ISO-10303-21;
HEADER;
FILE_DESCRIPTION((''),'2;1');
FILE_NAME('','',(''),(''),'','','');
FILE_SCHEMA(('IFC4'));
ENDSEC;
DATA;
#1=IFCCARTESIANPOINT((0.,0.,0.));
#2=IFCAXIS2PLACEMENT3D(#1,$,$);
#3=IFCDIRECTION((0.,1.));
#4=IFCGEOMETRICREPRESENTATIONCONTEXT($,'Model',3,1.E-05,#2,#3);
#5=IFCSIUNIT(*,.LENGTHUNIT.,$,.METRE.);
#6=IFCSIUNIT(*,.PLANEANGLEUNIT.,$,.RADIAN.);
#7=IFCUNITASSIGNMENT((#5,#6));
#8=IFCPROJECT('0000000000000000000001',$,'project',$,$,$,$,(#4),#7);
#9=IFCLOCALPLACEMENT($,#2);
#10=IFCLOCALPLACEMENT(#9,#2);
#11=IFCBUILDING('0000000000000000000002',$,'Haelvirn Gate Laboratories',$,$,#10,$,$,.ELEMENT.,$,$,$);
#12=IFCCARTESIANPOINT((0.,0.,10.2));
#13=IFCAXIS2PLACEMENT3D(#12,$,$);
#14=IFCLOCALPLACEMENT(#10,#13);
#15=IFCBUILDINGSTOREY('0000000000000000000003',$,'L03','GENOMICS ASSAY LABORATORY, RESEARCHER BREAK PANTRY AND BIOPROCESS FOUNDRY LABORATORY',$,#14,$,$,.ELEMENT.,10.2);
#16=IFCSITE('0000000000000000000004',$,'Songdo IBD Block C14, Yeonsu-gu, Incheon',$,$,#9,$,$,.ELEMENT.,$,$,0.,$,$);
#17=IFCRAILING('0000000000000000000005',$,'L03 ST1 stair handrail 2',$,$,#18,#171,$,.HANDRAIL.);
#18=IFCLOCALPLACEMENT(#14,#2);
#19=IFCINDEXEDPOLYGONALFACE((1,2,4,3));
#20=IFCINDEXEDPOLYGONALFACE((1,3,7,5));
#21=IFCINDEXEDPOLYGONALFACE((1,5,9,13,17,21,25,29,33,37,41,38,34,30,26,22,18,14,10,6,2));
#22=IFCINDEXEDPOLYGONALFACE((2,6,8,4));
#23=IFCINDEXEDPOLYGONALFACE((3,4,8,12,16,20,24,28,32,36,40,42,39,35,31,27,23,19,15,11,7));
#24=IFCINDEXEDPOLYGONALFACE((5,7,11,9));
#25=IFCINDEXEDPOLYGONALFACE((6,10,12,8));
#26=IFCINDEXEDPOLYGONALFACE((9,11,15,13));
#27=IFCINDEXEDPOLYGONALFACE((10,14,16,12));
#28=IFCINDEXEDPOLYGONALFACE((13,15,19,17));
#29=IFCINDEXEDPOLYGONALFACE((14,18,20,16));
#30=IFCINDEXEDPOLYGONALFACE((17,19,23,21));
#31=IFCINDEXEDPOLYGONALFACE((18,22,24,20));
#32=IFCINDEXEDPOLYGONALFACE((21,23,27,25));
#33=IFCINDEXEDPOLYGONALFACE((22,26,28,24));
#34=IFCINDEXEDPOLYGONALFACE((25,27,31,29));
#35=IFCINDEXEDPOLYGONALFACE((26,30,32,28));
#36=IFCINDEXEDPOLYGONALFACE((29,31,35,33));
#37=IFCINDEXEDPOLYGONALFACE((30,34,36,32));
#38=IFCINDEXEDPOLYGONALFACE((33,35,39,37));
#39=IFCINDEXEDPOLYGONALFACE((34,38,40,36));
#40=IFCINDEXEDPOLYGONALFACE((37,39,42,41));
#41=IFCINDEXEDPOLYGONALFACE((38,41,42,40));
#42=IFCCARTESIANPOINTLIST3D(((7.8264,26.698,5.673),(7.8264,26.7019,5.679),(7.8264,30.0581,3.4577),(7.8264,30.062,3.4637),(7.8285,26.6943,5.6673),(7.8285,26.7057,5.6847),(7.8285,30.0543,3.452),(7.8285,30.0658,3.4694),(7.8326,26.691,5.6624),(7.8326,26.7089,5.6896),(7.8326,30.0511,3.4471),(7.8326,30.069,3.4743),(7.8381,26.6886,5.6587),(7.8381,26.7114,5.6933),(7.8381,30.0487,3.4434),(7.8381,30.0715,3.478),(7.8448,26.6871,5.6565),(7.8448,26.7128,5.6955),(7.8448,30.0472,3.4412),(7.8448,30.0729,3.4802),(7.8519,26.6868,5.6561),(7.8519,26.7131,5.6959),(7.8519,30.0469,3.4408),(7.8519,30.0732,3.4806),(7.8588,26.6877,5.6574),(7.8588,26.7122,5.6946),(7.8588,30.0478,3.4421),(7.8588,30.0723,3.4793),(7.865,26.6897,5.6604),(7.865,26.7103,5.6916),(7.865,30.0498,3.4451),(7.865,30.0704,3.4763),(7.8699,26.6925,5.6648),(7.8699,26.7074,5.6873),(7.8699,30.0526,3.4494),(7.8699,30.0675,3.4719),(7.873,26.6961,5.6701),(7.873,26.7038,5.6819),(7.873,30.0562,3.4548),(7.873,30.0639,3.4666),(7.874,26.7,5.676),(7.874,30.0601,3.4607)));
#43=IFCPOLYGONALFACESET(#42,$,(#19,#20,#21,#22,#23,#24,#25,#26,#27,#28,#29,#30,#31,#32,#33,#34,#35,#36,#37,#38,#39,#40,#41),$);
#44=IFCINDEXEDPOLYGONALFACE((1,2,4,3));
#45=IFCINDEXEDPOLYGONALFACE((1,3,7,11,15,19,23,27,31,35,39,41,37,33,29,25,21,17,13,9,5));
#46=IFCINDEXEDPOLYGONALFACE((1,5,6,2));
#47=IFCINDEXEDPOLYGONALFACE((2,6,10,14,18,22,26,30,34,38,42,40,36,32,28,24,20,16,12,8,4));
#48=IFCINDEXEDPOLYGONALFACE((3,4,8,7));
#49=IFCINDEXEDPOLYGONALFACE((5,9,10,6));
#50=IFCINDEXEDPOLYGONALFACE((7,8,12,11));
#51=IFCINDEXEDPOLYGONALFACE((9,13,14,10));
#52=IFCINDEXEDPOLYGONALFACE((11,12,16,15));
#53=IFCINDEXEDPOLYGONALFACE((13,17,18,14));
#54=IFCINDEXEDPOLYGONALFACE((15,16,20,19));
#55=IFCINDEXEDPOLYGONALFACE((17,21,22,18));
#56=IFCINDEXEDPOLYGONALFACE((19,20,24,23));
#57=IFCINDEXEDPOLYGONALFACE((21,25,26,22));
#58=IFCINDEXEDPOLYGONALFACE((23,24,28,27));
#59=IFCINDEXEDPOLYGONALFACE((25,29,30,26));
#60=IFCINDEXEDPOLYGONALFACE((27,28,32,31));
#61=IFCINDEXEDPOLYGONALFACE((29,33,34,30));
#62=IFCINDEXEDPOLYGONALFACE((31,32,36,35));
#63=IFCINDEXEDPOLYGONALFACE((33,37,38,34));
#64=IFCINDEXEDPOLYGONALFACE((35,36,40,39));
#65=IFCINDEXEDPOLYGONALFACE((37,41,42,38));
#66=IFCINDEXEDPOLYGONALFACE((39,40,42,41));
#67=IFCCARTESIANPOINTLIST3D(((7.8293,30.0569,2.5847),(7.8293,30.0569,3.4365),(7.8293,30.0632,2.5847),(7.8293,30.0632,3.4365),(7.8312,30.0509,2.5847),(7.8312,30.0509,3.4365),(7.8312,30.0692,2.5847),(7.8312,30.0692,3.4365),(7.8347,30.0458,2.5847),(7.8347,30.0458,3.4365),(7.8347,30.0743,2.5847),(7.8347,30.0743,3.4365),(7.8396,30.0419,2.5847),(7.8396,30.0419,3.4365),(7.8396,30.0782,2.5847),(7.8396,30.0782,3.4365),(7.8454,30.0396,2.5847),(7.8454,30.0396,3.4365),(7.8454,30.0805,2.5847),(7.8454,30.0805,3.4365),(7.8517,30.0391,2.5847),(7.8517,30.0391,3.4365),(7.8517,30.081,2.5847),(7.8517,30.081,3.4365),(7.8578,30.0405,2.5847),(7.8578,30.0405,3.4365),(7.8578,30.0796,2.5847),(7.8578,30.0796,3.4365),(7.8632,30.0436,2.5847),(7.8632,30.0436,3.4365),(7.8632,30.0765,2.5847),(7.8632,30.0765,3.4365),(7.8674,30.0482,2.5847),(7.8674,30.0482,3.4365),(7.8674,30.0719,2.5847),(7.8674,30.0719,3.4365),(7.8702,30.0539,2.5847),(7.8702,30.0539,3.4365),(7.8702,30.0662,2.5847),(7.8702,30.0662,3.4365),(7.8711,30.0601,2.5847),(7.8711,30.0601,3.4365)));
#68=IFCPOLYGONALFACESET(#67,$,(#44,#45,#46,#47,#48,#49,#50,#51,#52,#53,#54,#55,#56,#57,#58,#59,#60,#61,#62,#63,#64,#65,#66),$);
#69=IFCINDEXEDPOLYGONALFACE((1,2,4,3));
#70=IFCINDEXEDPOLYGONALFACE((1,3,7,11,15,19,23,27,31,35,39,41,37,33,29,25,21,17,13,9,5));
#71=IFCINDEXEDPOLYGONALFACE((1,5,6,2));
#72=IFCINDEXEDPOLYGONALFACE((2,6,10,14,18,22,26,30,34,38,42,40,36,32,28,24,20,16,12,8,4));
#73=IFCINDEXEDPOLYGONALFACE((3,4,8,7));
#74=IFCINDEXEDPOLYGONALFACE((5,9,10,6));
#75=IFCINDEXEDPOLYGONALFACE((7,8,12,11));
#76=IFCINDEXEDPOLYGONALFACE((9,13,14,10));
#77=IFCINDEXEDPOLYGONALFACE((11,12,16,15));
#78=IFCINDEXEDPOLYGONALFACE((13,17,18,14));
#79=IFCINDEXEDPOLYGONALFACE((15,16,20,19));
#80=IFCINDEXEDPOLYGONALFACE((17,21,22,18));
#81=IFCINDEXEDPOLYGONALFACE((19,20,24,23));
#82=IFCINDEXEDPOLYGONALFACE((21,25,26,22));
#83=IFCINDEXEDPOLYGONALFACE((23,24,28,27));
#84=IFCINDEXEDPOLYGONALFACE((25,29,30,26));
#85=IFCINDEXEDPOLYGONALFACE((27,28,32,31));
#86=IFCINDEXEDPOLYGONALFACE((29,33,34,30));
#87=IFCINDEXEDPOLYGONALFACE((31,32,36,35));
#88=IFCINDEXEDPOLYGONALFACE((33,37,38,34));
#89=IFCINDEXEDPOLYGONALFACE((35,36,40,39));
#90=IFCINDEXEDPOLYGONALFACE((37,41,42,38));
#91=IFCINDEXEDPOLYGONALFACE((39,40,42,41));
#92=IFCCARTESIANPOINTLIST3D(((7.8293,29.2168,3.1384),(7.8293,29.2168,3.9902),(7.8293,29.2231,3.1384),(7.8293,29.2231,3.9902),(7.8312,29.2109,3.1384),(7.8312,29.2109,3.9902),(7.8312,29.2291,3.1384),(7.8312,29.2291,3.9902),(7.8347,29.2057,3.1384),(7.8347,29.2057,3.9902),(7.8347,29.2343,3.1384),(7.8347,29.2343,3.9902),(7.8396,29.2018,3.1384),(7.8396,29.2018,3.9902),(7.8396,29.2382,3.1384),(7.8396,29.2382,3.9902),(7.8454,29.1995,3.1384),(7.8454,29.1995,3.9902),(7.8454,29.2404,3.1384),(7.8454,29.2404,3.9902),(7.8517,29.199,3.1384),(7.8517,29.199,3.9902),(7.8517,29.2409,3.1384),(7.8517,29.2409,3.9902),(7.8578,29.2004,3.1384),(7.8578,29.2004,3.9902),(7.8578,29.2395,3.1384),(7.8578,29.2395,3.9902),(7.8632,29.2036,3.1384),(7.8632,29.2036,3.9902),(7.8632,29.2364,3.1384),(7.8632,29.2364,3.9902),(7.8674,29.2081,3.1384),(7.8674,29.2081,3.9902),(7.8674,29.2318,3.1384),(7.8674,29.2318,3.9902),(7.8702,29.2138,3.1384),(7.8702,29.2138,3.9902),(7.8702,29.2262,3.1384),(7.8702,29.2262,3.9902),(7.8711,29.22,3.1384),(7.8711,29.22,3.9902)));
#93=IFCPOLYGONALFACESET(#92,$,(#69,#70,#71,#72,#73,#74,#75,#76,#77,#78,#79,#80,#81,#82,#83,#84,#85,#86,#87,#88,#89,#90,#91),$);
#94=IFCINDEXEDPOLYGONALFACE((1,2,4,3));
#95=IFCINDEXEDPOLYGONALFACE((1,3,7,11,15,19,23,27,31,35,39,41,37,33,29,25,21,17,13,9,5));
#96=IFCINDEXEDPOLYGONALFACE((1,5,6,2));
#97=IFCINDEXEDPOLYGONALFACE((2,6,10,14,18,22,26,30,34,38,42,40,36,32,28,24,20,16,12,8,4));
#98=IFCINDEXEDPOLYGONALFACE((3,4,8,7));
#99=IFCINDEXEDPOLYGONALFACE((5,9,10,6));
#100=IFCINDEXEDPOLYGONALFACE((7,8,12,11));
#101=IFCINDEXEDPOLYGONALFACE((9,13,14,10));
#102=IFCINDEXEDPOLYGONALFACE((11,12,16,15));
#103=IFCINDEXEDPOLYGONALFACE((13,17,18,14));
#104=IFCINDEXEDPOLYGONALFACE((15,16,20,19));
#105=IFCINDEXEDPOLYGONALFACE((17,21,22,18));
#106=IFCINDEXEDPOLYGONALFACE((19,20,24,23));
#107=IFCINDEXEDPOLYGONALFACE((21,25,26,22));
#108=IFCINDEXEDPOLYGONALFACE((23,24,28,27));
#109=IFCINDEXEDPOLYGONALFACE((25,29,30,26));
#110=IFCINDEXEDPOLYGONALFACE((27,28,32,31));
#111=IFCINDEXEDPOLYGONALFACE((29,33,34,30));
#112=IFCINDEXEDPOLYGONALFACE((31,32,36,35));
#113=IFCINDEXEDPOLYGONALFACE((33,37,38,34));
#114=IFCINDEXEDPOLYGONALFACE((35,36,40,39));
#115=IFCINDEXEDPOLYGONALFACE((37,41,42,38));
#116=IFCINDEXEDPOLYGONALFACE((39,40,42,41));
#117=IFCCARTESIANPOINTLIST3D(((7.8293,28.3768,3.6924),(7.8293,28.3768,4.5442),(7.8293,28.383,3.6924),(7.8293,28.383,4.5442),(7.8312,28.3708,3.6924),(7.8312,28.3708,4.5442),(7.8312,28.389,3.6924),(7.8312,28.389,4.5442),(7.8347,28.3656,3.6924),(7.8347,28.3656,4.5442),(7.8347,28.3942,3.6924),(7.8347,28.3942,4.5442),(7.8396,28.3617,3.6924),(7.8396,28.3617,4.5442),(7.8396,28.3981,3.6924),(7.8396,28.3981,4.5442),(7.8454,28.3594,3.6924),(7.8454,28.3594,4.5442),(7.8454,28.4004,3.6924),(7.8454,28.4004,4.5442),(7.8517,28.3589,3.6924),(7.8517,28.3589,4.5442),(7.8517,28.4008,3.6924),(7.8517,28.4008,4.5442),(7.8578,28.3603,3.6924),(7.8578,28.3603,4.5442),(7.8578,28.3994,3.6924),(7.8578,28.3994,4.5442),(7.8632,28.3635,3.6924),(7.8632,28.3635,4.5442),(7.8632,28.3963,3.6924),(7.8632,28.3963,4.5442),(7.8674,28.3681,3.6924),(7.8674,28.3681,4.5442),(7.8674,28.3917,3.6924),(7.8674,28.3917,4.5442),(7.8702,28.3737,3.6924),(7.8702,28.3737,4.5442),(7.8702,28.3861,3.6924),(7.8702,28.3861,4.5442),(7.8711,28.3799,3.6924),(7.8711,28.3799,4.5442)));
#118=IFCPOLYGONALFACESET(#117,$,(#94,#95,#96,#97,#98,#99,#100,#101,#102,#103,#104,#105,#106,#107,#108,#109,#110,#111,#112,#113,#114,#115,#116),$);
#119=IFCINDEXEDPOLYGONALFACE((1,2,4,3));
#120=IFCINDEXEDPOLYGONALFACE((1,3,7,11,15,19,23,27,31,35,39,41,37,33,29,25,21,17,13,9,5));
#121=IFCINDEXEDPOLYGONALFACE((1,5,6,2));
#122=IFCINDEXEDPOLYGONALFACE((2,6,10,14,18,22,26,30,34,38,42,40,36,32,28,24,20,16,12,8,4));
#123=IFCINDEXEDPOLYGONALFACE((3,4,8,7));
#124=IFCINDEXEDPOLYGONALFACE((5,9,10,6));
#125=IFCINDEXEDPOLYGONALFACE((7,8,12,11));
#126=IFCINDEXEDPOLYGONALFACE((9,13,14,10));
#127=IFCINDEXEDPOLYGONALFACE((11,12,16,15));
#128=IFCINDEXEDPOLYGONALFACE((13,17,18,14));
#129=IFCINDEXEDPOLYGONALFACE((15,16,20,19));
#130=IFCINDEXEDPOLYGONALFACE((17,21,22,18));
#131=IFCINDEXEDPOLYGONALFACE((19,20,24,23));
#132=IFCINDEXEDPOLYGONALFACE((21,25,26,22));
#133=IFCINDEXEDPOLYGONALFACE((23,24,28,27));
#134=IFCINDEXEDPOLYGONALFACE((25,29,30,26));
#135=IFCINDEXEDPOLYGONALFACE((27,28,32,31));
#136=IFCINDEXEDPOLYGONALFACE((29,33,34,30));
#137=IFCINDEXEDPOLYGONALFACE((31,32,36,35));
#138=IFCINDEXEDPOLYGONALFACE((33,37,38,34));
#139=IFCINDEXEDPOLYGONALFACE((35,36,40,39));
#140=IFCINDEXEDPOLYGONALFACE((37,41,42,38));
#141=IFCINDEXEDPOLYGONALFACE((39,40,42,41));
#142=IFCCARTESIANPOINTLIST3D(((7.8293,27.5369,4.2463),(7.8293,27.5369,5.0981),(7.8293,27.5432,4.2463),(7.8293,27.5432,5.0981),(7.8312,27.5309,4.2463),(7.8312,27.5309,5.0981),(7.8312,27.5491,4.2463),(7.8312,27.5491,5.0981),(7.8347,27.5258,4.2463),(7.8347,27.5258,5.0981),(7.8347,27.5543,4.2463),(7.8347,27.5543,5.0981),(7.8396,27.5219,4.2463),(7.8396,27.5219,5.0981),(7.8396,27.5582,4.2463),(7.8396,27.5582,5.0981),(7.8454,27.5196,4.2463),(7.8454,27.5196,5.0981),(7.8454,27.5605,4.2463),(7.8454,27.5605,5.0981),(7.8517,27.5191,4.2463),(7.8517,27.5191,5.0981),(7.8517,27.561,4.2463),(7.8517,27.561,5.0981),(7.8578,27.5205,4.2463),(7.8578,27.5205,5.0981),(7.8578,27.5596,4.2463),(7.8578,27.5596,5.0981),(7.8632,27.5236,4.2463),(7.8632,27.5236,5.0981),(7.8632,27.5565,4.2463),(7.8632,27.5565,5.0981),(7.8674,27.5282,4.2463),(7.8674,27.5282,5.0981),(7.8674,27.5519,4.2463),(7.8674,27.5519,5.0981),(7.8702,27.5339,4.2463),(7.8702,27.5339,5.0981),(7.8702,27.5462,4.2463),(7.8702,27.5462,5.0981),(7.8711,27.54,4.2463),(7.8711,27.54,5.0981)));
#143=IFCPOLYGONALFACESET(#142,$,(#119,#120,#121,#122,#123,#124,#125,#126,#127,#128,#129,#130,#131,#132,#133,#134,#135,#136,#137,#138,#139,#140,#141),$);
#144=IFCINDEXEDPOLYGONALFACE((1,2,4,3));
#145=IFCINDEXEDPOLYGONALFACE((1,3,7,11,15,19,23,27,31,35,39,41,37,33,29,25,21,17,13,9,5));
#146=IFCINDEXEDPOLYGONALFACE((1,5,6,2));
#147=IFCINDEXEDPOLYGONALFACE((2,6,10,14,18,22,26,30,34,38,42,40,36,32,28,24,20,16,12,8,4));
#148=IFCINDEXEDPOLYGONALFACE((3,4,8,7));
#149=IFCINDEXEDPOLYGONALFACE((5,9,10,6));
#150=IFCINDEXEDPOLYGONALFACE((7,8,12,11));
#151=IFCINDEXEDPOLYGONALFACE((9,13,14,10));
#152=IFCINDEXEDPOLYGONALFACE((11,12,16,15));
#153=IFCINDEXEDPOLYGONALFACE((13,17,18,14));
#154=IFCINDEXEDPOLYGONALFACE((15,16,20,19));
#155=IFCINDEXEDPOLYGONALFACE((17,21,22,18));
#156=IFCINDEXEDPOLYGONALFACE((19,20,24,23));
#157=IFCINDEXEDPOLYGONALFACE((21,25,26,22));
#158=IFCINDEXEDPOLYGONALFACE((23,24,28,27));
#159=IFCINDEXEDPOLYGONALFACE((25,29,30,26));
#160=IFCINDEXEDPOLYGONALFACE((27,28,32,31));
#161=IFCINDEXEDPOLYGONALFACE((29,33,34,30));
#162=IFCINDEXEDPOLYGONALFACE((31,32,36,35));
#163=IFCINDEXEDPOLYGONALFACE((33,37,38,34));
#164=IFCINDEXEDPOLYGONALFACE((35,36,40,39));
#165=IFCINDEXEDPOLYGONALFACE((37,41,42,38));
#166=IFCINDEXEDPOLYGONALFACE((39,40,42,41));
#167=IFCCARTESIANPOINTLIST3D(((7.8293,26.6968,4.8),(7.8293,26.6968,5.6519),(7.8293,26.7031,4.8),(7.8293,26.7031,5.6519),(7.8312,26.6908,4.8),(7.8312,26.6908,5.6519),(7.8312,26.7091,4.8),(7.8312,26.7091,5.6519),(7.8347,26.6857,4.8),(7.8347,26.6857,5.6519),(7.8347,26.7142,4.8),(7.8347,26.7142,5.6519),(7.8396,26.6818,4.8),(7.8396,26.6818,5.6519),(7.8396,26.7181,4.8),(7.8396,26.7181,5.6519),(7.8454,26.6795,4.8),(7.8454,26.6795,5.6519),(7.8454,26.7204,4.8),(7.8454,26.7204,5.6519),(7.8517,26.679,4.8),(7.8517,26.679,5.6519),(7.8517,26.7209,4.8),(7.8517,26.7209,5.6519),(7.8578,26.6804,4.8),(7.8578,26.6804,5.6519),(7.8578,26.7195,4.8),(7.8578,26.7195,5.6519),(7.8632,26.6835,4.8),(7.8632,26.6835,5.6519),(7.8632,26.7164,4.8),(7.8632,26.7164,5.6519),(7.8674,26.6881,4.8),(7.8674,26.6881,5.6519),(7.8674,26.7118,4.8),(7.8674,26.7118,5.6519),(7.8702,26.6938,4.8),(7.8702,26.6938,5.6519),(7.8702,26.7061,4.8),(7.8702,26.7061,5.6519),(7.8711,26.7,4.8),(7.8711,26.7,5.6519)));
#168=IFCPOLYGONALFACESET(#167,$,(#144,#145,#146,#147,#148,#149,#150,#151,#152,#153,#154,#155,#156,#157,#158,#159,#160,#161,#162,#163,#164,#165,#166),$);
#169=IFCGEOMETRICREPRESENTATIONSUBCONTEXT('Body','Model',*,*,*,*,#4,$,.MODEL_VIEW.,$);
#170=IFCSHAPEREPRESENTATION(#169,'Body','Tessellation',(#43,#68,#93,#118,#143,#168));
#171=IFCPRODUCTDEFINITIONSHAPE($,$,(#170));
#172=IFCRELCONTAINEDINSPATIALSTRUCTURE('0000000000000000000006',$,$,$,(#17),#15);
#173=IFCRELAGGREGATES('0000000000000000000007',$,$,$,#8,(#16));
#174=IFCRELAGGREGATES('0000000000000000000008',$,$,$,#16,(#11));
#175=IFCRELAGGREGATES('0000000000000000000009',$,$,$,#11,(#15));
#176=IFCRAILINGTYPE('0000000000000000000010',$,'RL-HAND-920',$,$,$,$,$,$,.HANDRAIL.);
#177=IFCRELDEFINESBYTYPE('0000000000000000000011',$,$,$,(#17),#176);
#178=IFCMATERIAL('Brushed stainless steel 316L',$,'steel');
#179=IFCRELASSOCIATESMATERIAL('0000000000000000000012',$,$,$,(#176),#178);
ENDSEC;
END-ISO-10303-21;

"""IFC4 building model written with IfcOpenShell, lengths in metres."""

from ifc_helpers import new_model, si_unit, direction, frame, origin, origin_2d, place, context, subcontext, project, spatial, circle, extrude, source, transform, mapped, material, type_object, type_shapes, element, save


model = new_model("IFC4")

# Units and contexts
model_context = context("Model", 3, precision=1e-05, world=origin(), true_north=direction((0.0, 1.0)))
body_context = subcontext(model_context, "Body", "Model", "MODEL_VIEW")
ifc_project = project(units=[si_unit("LENGTHUNIT", "METRE"), si_unit("PLANEANGLEUNIT", "RADIAN")], contexts=[model_context])

# Site, building, storey
site_placement = place(None, origin())
site = spatial("IfcSite", under=ifc_project, at=site_placement, Name="Songdo IBD Block C14, Yeonsu-gu, Incheon", CompositionType="ELEMENT", RefElevation=0.0)
building_placement = place(site_placement, origin())
building = spatial("IfcBuilding", under=site, at=building_placement, Name="Haelvirn Gate Laboratories", CompositionType="ELEMENT")
storey_placement = place(building_placement, frame((0.0, 0.0, 10.2)))
storey = spatial("IfcBuildingStorey", under=building, at=storey_placement, Name="L03", Description="GENOMICS ASSAY LABORATORY, RESEARCHER BREAK PANTRY AND BIOPROCESS FOUNDRY LABORATORY", CompositionType="ELEMENT", Elevation=10.2)

# Railing
ifc_material_1 = material(Name="Brushed stainless steel 316L", Category="steel")
railing_type_1 = type_object("IfcRailingType", Name="RL-HAND-920", PredefinedType="HANDRAIL", material=ifc_material_1)
shared_shape_1 = source(origin(), body_context, "Body", "SweptSolid", [
    extrude(circle(Radius=0.0239, at=origin_2d()), frame((0.0, 0.0, 0.876), z_axis=(0.0, -0.834876, 0.550437), x_axis=(1.0, 0.0, 0.0)), (0.0, 0.0, 1.0), 4.0247),
    extrude(circle(Radius=0.021, at=origin_2d()), origin(), (0.0, 0.0, 1.0), 0.8518),
    extrude(circle(Radius=0.021, at=origin_2d()), frame((0.0, -0.8401, 0.5537)), (0.0, 0.0, 1.0), 0.8518),
    extrude(circle(Radius=0.021, at=origin_2d()), frame((0.0, -1.6802, 1.1077)), (0.0, 0.0, 1.0), 0.8518),
    extrude(circle(Radius=0.021, at=origin_2d()), frame((0.0, -2.52, 1.6616)), (0.0, 0.0, 1.0), 0.8518),
    extrude(circle(Radius=0.021, at=origin_2d()), frame((0.0, -3.3601, 2.2153)), (0.0, 0.0, 1.0), 0.8518),
])
type_shapes(railing_type_1, [shared_shape_1])
railing_1_placement = place(storey_placement, frame((7.8501, 30.0601, 2.5847)))
element("IfcRailing", 1, at=railing_1_placement, inside=storey, type_object=railing_type_1, Name="L03 ST1 stair handrail 2", PredefinedType="HANDRAIL", context=body_context, shape_type="MappedRepresentation", body=[
    mapped(shared_shape_1, transform((0.0, 0.0, 0.0), scale=1.0)),
])

save(model, "model.ifc")
